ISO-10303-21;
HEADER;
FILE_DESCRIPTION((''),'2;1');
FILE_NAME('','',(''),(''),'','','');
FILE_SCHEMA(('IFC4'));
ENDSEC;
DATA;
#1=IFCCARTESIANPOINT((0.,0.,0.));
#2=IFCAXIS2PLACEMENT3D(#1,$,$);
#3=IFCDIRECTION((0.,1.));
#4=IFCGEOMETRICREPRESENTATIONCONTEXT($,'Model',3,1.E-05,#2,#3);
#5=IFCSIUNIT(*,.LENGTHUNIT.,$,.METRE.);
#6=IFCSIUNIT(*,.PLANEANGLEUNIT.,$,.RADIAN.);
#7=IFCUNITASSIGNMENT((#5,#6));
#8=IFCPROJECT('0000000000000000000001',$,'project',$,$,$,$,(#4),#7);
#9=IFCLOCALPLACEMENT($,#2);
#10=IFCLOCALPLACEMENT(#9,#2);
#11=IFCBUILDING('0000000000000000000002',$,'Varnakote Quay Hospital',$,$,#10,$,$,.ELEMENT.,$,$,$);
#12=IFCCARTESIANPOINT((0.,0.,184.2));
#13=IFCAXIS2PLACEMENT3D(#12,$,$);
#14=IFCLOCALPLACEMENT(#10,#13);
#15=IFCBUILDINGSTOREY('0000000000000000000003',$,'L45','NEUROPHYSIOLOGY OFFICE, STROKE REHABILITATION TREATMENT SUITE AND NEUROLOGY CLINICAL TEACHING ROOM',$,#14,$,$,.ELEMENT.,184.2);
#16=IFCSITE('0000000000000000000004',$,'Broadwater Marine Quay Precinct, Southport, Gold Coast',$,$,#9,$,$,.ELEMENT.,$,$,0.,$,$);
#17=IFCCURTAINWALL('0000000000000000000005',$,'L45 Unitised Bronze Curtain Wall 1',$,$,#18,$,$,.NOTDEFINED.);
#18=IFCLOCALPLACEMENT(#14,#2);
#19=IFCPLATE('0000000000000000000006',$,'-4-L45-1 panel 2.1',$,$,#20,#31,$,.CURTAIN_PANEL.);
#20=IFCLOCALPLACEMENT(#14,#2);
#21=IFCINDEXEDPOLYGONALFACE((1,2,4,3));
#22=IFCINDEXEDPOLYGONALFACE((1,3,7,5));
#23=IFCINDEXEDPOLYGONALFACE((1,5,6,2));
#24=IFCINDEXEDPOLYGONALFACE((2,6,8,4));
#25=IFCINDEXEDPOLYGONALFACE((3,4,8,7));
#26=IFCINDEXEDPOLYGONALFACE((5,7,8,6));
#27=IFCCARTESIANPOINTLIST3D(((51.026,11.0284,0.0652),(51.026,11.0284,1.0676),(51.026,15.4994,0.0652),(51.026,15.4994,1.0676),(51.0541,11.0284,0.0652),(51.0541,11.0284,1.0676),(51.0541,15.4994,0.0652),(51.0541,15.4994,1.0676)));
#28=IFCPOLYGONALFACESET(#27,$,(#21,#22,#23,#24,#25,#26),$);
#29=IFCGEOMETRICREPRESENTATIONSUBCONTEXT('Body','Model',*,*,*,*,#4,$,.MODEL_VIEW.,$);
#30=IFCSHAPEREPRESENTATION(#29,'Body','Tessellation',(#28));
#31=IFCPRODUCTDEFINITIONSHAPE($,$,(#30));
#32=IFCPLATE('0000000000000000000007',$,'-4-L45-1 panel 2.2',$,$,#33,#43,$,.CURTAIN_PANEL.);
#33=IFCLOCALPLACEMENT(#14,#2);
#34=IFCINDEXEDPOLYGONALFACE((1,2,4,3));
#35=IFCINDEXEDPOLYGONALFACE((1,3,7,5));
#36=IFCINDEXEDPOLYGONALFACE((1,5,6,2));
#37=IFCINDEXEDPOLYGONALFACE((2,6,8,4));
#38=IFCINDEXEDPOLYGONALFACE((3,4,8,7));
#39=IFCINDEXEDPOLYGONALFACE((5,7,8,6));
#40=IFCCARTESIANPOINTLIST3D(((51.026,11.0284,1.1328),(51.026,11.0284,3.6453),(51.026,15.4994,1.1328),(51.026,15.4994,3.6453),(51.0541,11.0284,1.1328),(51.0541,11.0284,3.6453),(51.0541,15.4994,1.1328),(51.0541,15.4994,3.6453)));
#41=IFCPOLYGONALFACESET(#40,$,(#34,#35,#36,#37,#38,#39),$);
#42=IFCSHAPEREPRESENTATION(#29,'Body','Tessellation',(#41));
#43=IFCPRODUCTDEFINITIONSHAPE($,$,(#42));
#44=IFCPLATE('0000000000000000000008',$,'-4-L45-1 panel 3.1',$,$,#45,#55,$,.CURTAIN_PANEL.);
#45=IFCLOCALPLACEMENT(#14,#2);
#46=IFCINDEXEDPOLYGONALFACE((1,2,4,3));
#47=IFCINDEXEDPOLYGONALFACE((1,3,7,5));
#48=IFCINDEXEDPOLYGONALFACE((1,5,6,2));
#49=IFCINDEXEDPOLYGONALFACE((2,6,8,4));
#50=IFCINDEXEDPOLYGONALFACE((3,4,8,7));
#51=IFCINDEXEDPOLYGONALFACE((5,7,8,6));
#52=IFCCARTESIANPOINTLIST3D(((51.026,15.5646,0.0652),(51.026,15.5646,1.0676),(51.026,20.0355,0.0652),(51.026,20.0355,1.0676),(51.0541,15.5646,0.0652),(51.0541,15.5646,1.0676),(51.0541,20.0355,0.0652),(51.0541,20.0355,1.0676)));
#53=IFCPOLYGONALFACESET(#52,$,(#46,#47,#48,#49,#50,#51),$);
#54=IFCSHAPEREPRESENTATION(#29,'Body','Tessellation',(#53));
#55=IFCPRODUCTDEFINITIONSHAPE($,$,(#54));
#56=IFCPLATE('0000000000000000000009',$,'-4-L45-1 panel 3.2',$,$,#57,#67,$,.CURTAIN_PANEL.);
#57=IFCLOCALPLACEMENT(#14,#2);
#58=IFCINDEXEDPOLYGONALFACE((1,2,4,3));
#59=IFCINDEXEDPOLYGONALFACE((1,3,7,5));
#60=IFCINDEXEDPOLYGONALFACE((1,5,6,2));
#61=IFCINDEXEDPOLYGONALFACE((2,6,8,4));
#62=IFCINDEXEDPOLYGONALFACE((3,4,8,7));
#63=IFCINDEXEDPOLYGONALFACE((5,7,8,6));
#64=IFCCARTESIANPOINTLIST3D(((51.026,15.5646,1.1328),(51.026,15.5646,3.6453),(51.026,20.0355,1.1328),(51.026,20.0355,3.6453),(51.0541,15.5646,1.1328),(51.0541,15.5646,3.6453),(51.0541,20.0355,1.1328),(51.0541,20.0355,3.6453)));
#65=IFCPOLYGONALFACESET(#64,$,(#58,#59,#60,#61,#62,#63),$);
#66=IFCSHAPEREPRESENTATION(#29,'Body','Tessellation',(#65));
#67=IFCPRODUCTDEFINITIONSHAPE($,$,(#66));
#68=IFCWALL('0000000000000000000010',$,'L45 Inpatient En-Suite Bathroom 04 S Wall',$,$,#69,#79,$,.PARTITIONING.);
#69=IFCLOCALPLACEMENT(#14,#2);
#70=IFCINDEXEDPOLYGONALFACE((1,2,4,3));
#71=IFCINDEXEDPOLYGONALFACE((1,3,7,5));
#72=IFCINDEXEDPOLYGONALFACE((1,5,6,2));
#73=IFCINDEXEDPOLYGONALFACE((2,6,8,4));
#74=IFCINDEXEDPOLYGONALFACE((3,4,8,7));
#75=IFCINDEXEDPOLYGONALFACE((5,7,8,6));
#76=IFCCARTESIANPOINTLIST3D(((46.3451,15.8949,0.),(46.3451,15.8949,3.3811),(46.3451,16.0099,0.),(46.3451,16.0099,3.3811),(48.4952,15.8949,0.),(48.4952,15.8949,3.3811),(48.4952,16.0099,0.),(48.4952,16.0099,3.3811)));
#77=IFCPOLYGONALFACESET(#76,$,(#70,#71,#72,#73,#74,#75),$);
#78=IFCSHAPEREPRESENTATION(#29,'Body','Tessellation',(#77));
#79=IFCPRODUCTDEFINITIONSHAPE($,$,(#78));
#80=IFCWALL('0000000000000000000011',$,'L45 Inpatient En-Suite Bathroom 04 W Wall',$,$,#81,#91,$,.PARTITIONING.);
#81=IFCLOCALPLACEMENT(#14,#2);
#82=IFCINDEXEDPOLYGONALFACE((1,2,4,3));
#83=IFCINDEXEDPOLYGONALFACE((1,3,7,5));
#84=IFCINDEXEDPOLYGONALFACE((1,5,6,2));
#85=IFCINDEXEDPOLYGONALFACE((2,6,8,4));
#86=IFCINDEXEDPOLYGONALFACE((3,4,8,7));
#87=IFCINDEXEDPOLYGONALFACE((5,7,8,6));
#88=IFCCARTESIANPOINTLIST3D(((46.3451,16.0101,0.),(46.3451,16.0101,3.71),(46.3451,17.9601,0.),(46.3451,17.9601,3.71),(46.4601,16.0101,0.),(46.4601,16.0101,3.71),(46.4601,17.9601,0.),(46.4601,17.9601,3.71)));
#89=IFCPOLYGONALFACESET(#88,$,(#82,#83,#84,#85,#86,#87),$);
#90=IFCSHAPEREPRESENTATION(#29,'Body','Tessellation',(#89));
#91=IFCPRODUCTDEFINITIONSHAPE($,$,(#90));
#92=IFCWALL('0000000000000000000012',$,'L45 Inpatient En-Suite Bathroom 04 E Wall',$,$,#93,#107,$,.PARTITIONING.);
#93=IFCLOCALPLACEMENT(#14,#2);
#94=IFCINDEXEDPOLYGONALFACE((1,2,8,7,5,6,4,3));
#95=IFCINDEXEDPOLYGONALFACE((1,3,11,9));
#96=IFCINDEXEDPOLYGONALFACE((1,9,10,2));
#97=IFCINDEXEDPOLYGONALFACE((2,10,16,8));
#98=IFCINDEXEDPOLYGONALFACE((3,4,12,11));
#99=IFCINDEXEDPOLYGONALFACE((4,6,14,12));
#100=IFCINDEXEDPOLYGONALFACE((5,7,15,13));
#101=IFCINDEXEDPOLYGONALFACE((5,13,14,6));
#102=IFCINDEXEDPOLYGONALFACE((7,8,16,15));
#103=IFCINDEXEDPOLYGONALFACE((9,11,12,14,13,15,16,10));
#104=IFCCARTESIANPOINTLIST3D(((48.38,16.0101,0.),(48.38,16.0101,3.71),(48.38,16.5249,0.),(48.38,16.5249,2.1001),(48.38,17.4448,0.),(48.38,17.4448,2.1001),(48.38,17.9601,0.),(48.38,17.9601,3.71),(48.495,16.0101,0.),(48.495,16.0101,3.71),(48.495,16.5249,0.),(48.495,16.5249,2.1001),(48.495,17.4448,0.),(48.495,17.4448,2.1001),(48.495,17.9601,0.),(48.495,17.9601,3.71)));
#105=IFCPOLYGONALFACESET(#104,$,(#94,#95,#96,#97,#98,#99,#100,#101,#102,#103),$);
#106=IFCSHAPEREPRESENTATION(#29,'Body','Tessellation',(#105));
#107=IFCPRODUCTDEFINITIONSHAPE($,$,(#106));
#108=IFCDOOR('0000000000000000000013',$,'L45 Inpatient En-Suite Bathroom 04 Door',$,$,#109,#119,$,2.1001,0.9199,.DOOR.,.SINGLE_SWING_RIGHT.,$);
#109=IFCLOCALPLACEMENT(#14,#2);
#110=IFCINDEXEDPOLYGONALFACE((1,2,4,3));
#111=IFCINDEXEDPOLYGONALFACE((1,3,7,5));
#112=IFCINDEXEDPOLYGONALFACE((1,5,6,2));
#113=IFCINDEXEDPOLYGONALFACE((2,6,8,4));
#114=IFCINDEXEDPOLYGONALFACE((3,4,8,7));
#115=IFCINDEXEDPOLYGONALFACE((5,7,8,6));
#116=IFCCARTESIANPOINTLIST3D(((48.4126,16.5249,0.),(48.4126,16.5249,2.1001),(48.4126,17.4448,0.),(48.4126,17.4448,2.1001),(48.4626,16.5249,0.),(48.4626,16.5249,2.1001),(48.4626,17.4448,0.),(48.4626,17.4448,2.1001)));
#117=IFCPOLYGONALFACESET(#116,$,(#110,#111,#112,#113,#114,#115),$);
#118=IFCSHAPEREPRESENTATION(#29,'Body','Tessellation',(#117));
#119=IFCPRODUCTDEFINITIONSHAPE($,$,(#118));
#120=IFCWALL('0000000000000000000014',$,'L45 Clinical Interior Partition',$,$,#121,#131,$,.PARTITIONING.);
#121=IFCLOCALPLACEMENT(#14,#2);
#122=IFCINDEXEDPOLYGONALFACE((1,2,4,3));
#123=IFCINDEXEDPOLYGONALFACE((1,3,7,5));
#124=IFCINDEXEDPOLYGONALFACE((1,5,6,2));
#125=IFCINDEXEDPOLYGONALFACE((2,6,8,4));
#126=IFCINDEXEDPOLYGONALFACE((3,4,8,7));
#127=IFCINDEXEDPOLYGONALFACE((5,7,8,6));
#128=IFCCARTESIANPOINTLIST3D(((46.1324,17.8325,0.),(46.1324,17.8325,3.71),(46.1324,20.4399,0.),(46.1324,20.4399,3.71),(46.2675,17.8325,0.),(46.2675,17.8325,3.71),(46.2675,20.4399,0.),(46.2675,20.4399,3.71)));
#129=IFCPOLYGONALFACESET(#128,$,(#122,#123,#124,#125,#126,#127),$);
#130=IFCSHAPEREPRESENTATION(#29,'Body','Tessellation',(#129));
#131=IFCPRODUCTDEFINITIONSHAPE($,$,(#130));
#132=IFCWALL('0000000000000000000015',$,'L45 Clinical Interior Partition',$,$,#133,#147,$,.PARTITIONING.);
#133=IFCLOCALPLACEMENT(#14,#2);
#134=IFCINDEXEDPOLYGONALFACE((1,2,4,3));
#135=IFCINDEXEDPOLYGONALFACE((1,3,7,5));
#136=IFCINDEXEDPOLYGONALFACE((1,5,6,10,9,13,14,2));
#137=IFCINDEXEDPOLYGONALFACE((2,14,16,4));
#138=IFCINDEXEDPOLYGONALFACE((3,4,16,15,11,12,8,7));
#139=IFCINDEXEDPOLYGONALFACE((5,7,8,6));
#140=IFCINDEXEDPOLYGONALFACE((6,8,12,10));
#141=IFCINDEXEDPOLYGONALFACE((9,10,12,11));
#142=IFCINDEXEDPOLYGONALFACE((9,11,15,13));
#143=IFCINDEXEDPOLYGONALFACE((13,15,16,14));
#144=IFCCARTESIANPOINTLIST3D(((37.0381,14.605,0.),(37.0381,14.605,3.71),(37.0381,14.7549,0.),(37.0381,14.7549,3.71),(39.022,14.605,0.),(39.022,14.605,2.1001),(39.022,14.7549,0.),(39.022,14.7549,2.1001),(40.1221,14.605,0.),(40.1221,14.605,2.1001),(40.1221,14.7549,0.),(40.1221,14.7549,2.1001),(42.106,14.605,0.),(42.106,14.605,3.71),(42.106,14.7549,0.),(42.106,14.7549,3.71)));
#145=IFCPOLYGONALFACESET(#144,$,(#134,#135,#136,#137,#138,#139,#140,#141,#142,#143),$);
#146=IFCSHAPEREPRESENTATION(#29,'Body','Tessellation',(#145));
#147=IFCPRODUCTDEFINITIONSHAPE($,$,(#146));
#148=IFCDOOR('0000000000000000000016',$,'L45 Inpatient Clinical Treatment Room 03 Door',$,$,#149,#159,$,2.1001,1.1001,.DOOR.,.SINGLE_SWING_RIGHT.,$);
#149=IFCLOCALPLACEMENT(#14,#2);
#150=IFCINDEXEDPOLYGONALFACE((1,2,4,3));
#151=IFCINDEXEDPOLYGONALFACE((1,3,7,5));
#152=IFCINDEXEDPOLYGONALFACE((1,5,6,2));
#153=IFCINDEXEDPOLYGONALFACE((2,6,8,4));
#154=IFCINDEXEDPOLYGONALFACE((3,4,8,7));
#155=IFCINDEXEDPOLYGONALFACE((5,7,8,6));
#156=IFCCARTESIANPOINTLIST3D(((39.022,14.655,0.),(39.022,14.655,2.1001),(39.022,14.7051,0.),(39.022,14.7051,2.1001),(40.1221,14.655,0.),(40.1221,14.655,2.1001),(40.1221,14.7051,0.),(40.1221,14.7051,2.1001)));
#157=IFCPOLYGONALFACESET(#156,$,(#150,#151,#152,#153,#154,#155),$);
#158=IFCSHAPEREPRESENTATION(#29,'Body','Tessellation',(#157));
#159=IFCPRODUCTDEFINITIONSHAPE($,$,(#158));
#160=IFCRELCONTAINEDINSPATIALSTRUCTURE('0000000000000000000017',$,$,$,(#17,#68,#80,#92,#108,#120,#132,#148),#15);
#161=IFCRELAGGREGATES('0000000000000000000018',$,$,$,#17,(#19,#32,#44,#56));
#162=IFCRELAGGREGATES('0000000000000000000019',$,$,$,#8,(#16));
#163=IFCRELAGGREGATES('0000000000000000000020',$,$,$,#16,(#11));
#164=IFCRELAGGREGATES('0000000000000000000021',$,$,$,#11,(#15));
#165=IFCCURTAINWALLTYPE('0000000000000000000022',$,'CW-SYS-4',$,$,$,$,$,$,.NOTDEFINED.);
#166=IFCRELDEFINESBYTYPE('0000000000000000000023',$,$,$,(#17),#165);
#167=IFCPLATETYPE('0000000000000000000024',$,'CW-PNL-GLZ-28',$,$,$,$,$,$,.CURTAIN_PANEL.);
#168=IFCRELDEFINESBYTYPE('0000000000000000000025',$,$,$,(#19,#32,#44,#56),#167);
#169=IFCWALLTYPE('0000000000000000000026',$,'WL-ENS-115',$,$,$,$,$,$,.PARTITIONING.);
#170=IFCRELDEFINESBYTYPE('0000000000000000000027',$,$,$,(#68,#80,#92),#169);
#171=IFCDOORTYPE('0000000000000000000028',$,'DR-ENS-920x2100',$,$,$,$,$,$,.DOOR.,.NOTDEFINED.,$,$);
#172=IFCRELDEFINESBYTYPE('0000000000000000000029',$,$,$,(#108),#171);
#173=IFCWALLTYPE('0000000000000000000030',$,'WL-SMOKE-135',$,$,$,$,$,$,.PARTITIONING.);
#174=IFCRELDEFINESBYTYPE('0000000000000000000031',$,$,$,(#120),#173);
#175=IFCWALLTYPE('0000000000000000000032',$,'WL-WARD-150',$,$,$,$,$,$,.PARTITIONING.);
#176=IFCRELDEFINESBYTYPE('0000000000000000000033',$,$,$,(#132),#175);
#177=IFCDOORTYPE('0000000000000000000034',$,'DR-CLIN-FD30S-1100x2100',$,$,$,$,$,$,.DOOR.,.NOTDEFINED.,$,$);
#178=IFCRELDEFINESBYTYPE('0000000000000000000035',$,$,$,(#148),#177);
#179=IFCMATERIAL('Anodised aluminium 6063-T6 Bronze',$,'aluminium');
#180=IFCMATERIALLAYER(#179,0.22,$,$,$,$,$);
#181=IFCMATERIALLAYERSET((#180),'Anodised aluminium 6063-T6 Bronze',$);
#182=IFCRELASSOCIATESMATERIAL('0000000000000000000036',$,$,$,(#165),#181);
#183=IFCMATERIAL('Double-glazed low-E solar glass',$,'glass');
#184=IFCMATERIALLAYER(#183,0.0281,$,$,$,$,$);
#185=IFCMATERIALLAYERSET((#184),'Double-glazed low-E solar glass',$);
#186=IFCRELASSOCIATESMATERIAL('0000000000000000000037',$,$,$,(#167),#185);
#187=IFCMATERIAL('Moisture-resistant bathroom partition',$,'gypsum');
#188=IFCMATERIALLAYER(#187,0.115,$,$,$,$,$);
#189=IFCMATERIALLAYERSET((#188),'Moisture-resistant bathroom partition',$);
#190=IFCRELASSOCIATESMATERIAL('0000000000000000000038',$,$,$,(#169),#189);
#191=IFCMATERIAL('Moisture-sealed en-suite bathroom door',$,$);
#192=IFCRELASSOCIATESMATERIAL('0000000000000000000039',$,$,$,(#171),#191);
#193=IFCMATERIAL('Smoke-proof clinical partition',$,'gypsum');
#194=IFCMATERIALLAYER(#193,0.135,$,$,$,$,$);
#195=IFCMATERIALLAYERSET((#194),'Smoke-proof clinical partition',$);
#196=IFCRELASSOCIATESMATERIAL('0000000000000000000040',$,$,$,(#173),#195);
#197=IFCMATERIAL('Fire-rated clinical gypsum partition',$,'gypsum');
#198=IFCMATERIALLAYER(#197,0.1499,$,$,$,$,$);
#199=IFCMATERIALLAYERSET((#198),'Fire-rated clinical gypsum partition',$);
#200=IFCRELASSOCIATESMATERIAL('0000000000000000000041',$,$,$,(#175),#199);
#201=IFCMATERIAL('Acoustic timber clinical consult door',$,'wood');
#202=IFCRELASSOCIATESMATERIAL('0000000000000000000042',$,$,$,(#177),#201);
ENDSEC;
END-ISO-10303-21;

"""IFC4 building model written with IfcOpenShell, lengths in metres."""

from ifc_helpers import new_model, si_unit, direction, frame, frame_2d, origin, origin_2d, place, context, subcontext, project, spatial, rectangle, extrude, material, layer, layer_set, type_object, element, fill, aggregate, save


model = new_model("IFC4")

# Units and contexts
model_context = context("Model", 3, precision=1e-05, world=origin(), true_north=direction((0.0, 1.0)))
body_context = subcontext(model_context, "Body", "Model", "MODEL_VIEW")
ifc_project = project(units=[si_unit("LENGTHUNIT", "METRE"), si_unit("PLANEANGLEUNIT", "RADIAN")], contexts=[model_context])

# Site, building, storey
site_placement = place(None, origin())
site = spatial("IfcSite", under=ifc_project, at=site_placement, Name="Broadwater Marine Quay Precinct, Southport, Gold Coast", CompositionType="ELEMENT", RefElevation=0.0)
building_placement = place(site_placement, origin())
building = spatial("IfcBuilding", under=site, at=building_placement, Name="Varnakote Quay Hospital", CompositionType="ELEMENT")
storey_placement = place(building_placement, frame((0.0, 0.0, 184.2)))
storey = spatial("IfcBuildingStorey", under=building, at=storey_placement, Name="L45", Description="NEUROPHYSIOLOGY OFFICE, STROKE REHABILITATION TREATMENT SUITE AND NEUROLOGY CLINICAL TEACHING ROOM", CompositionType="ELEMENT", Elevation=184.2)

# Curtain wall
ifc_material_1 = material(Name="Anodised aluminium 6063-T6 Bronze", Category="aluminium")
ifc_layer_1 = layer(ifc_material_1, 0.22)
ifc_layer_set_1 = layer_set([ifc_layer_1], Name="Anodised aluminium 6063-T6 Bronze")
curtain_wall_type = type_object("IfcCurtainWallType", Name="CW-SYS-4", PredefinedType="NOTDEFINED", material=ifc_layer_set_1)
curtain_wall_placement = place(storey_placement, origin())
curtain_wall = element("IfcCurtainWall", 1, at=curtain_wall_placement, inside=storey, type_object=curtain_wall_type, Name="L45 Unitised Bronze Curtain Wall 1", PredefinedType="NOTDEFINED")

# Plates
ifc_material_2 = material(Name="Double-glazed low-E solar glass", Category="glass")
ifc_layer_2 = layer(ifc_material_2, 0.0281)
ifc_layer_set_2 = layer_set([ifc_layer_2], Name="Double-glazed low-E solar glass")
plate_type = type_object("IfcPlateType", Name="CW-PNL-GLZ-28", PredefinedType="CURTAIN_PANEL", material=ifc_layer_set_2)
plate_1_placement = place(storey_placement, frame((51.04, 13.2639, 0.0652), z_axis=(0.0, 0.0, 1.0), x_axis=(0.0, 1.0, 0.0)))
plate_1 = element("IfcPlate", 2, at=plate_1_placement, type_object=plate_type, Name="-4-L45-1 panel 2.1", PredefinedType="CURTAIN_PANEL", context=body_context, shape_type="SweptSolid", body=[
    extrude(rectangle(XDim=4.4709, YDim=0.0281, at=origin_2d()), origin(), (0.0, 0.0, 1.0), 1.0024),
])
plate_2_placement = place(storey_placement, frame((51.04, 13.2639, 1.1328), z_axis=(0.0, 0.0, 1.0), x_axis=(0.0, 1.0, 0.0)))
plate_2 = element("IfcPlate", 3, at=plate_2_placement, type_object=plate_type, Name="-4-L45-1 panel 2.2", PredefinedType="CURTAIN_PANEL", context=body_context, shape_type="SweptSolid", body=[
    extrude(rectangle(XDim=4.4709, YDim=0.0281, at=origin_2d()), origin(), (0.0, 0.0, 1.0), 2.5125),
])
plate_3_placement = place(storey_placement, frame((51.04, 17.8, 0.0652), z_axis=(0.0, 0.0, 1.0), x_axis=(0.0, 1.0, 0.0)))
plate_3 = element("IfcPlate", 4, at=plate_3_placement, type_object=plate_type, Name="-4-L45-1 panel 3.1", PredefinedType="CURTAIN_PANEL", context=body_context, shape_type="SweptSolid", body=[
    extrude(rectangle(XDim=4.4709, YDim=0.0281, at=origin_2d()), origin(), (0.0, 0.0, 1.0), 1.0024),
])
plate_4_placement = place(storey_placement, frame((51.04, 17.8, 1.1328), z_axis=(0.0, 0.0, 1.0), x_axis=(0.0, 1.0, 0.0)))
plate_4 = element("IfcPlate", 5, at=plate_4_placement, type_object=plate_type, Name="-4-L45-1 panel 3.2", PredefinedType="CURTAIN_PANEL", context=body_context, shape_type="SweptSolid", body=[
    extrude(rectangle(XDim=4.4709, YDim=0.0281, at=origin_2d()), origin(), (0.0, 0.0, 1.0), 2.5125),
])
aggregate(curtain_wall, [plate_1, plate_2, plate_3, plate_4])

# Walls
ifc_material_3 = material(Name="Moisture-resistant bathroom partition", Category="gypsum")
ifc_layer_3 = layer(ifc_material_3, 0.115)
ifc_layer_set_3 = layer_set([ifc_layer_3], Name="Moisture-resistant bathroom partition")
wall_type_1 = type_object("IfcWallType", Name="WL-ENS-115", PredefinedType="PARTITIONING", material=ifc_layer_set_3)
wall_1_placement = place(storey_placement, frame((46.345, 15.9524, 0.0), z_axis=(0.0, 0.0, 1.0), x_axis=(1.0, 0.0, 0.0)))
element("IfcWall", 6, at=wall_1_placement, inside=storey, type_object=wall_type_1, Name="L45 Inpatient En-Suite Bathroom 04 S Wall", PredefinedType="PARTITIONING", context=body_context, shape_type="SweptSolid", body=[
    extrude(rectangle(XDim=2.1501, YDim=0.115, at=frame_2d((1.0752, 0.0))), origin(), (0.0, 0.0, 1.0), 3.3811),
])
wall_2_placement = place(storey_placement, frame((46.4026, 16.01, 0.0), z_axis=(0.0, 0.0, 1.0), x_axis=(0.0, 1.0, 0.0)))
element("IfcWall", 7, at=wall_2_placement, inside=storey, type_object=wall_type_1, Name="L45 Inpatient En-Suite Bathroom 04 W Wall", PredefinedType="PARTITIONING", context=body_context, shape_type="SweptSolid", body=[
    extrude(rectangle(XDim=1.95, YDim=0.115, at=frame_2d((0.9751, 0.0))), origin(), (0.0, 0.0, 1.0), 3.71),
])

# Wall, opening, door
wall_3_placement = place(storey_placement, frame((48.4375, 16.01, 0.0), z_axis=(0.0, 0.0, 1.0), x_axis=(0.0, 1.0, 0.0)))
wall_3 = element("IfcWall", 8, at=wall_3_placement, inside=storey, type_object=wall_type_1, Name="L45 Inpatient En-Suite Bathroom 04 E Wall", PredefinedType="PARTITIONING", context=body_context, shape_type="SweptSolid", body=[
    extrude(rectangle(XDim=1.95, YDim=0.115, at=frame_2d((0.9751, 0.0))), origin(), (0.0, 0.0, 1.0), 3.71),
])
opening_1_placement = place(wall_3_placement, frame((0.5149, 0.0, 0.0)))
opening_1 = element("IfcOpeningElement", 9, at=opening_1_placement, cuts=wall_3, PredefinedType="OPENING", context=body_context, shape_type="SweptSolid", body=[
    extrude(rectangle(XDim=0.9199, YDim=2.1001, at=frame_2d((0.46, 1.05))), frame((0.0, 0.0674, 0.0), z_axis=(0.0, -1.0, 0.0), x_axis=(1.0, 0.0, 0.0)), (0.0, 0.0, 1.0), 0.135),
])
ifc_material_4 = material(Name="Moisture-sealed en-suite bathroom door")
door_type_1 = type_object("IfcDoorType", Name="DR-ENS-920x2100", OperationType="NOTDEFINED", PredefinedType="DOOR", material=ifc_material_4)
door_1_placement = place(opening_1_placement, origin())
door_1 = element("IfcDoor", 10, at=door_1_placement, inside=storey, type_object=door_type_1, Name="L45 Inpatient En-Suite Bathroom 04 Door", OperationType="SINGLE_SWING_RIGHT", OverallHeight=2.1001, OverallWidth=0.9199, PredefinedType="DOOR", context=body_context, shape_type="SweptSolid", body=[
    extrude(rectangle(XDim=0.9199, YDim=2.1001, at=frame_2d((0.46, 1.05))), frame((0.0, 0.0249, 0.0), z_axis=(0.0, -1.0, 0.0), x_axis=(1.0, 0.0, 0.0)), (0.0, 0.0, 1.0), 0.05),
])
fill(opening_1, door_1)

# Wall
ifc_material_5 = material(Name="Smoke-proof clinical partition", Category="gypsum")
ifc_layer_4 = layer(ifc_material_5, 0.135)
ifc_layer_set_4 = layer_set([ifc_layer_4], Name="Smoke-proof clinical partition")
wall_type_2 = type_object("IfcWallType", Name="WL-SMOKE-135", PredefinedType="PARTITIONING", material=ifc_layer_set_4)
wall_4_placement = place(storey_placement, frame((46.2, 17.8325, 0.0), z_axis=(0.0, 0.0, 1.0), x_axis=(0.0, 1.0, 0.0)))
element("IfcWall", 11, at=wall_4_placement, inside=storey, type_object=wall_type_2, Name="L45 Clinical Interior Partition", PredefinedType="PARTITIONING", context=body_context, shape_type="SweptSolid", body=[
    extrude(rectangle(XDim=2.6074, YDim=0.135, at=frame_2d((1.3037, 0.0))), origin(), (0.0, 0.0, 1.0), 3.71),
])

# Wall, opening, door
ifc_material_6 = material(Name="Fire-rated clinical gypsum partition", Category="gypsum")
ifc_layer_5 = layer(ifc_material_6, 0.1499)
ifc_layer_set_5 = layer_set([ifc_layer_5], Name="Fire-rated clinical gypsum partition")
wall_type_3 = type_object("IfcWallType", Name="WL-WARD-150", PredefinedType="PARTITIONING", material=ifc_layer_set_5)
wall_5_placement = place(storey_placement, frame((42.106, 14.6799, 0.0), z_axis=(0.0, 0.0, 1.0), x_axis=(-1.0, 0.0, 0.0)))
wall_5 = element("IfcWall", 12, at=wall_5_placement, inside=storey, type_object=wall_type_3, Name="L45 Clinical Interior Partition", PredefinedType="PARTITIONING", context=body_context, shape_type="SweptSolid", body=[
    extrude(rectangle(XDim=5.0679, YDim=0.1499, at=frame_2d((2.5339, 0.0))), origin(), (0.0, 0.0, 1.0), 3.71),
])
opening_2_placement = place(wall_5_placement, frame((1.9839, 0.0, 0.0)))
opening_2 = element("IfcOpeningElement", 13, at=opening_2_placement, cuts=wall_5, PredefinedType="OPENING", context=body_context, shape_type="SweptSolid", body=[
    extrude(rectangle(XDim=1.1001, YDim=2.1001, at=frame_2d((0.55, 1.05))), frame((0.0, 0.085, 0.0), z_axis=(0.0, -1.0, 0.0), x_axis=(1.0, 0.0, 0.0)), (0.0, 0.0, 1.0), 0.1699),
])
ifc_material_7 = material(Name="Acoustic timber clinical consult door", Category="wood")
door_type_2 = type_object("IfcDoorType", Name="DR-CLIN-FD30S-1100x2100", OperationType="NOTDEFINED", PredefinedType="DOOR", material=ifc_material_7)
door_2_placement = place(opening_2_placement, origin())
door_2 = element("IfcDoor", 14, at=door_2_placement, inside=storey, type_object=door_type_2, Name="L45 Inpatient Clinical Treatment Room 03 Door", OperationType="SINGLE_SWING_RIGHT", OverallHeight=2.1001, OverallWidth=1.1001, PredefinedType="DOOR", context=body_context, shape_type="SweptSolid", body=[
    extrude(rectangle(XDim=1.1001, YDim=2.1001, at=frame_2d((0.55, 1.05))), frame((0.0, 0.0249, 0.0), z_axis=(0.0, -1.0, 0.0), x_axis=(1.0, 0.0, 0.0)), (0.0, 0.0, 1.0), 0.05),
])
fill(opening_2, door_2)

save(model, "model.ifc")
